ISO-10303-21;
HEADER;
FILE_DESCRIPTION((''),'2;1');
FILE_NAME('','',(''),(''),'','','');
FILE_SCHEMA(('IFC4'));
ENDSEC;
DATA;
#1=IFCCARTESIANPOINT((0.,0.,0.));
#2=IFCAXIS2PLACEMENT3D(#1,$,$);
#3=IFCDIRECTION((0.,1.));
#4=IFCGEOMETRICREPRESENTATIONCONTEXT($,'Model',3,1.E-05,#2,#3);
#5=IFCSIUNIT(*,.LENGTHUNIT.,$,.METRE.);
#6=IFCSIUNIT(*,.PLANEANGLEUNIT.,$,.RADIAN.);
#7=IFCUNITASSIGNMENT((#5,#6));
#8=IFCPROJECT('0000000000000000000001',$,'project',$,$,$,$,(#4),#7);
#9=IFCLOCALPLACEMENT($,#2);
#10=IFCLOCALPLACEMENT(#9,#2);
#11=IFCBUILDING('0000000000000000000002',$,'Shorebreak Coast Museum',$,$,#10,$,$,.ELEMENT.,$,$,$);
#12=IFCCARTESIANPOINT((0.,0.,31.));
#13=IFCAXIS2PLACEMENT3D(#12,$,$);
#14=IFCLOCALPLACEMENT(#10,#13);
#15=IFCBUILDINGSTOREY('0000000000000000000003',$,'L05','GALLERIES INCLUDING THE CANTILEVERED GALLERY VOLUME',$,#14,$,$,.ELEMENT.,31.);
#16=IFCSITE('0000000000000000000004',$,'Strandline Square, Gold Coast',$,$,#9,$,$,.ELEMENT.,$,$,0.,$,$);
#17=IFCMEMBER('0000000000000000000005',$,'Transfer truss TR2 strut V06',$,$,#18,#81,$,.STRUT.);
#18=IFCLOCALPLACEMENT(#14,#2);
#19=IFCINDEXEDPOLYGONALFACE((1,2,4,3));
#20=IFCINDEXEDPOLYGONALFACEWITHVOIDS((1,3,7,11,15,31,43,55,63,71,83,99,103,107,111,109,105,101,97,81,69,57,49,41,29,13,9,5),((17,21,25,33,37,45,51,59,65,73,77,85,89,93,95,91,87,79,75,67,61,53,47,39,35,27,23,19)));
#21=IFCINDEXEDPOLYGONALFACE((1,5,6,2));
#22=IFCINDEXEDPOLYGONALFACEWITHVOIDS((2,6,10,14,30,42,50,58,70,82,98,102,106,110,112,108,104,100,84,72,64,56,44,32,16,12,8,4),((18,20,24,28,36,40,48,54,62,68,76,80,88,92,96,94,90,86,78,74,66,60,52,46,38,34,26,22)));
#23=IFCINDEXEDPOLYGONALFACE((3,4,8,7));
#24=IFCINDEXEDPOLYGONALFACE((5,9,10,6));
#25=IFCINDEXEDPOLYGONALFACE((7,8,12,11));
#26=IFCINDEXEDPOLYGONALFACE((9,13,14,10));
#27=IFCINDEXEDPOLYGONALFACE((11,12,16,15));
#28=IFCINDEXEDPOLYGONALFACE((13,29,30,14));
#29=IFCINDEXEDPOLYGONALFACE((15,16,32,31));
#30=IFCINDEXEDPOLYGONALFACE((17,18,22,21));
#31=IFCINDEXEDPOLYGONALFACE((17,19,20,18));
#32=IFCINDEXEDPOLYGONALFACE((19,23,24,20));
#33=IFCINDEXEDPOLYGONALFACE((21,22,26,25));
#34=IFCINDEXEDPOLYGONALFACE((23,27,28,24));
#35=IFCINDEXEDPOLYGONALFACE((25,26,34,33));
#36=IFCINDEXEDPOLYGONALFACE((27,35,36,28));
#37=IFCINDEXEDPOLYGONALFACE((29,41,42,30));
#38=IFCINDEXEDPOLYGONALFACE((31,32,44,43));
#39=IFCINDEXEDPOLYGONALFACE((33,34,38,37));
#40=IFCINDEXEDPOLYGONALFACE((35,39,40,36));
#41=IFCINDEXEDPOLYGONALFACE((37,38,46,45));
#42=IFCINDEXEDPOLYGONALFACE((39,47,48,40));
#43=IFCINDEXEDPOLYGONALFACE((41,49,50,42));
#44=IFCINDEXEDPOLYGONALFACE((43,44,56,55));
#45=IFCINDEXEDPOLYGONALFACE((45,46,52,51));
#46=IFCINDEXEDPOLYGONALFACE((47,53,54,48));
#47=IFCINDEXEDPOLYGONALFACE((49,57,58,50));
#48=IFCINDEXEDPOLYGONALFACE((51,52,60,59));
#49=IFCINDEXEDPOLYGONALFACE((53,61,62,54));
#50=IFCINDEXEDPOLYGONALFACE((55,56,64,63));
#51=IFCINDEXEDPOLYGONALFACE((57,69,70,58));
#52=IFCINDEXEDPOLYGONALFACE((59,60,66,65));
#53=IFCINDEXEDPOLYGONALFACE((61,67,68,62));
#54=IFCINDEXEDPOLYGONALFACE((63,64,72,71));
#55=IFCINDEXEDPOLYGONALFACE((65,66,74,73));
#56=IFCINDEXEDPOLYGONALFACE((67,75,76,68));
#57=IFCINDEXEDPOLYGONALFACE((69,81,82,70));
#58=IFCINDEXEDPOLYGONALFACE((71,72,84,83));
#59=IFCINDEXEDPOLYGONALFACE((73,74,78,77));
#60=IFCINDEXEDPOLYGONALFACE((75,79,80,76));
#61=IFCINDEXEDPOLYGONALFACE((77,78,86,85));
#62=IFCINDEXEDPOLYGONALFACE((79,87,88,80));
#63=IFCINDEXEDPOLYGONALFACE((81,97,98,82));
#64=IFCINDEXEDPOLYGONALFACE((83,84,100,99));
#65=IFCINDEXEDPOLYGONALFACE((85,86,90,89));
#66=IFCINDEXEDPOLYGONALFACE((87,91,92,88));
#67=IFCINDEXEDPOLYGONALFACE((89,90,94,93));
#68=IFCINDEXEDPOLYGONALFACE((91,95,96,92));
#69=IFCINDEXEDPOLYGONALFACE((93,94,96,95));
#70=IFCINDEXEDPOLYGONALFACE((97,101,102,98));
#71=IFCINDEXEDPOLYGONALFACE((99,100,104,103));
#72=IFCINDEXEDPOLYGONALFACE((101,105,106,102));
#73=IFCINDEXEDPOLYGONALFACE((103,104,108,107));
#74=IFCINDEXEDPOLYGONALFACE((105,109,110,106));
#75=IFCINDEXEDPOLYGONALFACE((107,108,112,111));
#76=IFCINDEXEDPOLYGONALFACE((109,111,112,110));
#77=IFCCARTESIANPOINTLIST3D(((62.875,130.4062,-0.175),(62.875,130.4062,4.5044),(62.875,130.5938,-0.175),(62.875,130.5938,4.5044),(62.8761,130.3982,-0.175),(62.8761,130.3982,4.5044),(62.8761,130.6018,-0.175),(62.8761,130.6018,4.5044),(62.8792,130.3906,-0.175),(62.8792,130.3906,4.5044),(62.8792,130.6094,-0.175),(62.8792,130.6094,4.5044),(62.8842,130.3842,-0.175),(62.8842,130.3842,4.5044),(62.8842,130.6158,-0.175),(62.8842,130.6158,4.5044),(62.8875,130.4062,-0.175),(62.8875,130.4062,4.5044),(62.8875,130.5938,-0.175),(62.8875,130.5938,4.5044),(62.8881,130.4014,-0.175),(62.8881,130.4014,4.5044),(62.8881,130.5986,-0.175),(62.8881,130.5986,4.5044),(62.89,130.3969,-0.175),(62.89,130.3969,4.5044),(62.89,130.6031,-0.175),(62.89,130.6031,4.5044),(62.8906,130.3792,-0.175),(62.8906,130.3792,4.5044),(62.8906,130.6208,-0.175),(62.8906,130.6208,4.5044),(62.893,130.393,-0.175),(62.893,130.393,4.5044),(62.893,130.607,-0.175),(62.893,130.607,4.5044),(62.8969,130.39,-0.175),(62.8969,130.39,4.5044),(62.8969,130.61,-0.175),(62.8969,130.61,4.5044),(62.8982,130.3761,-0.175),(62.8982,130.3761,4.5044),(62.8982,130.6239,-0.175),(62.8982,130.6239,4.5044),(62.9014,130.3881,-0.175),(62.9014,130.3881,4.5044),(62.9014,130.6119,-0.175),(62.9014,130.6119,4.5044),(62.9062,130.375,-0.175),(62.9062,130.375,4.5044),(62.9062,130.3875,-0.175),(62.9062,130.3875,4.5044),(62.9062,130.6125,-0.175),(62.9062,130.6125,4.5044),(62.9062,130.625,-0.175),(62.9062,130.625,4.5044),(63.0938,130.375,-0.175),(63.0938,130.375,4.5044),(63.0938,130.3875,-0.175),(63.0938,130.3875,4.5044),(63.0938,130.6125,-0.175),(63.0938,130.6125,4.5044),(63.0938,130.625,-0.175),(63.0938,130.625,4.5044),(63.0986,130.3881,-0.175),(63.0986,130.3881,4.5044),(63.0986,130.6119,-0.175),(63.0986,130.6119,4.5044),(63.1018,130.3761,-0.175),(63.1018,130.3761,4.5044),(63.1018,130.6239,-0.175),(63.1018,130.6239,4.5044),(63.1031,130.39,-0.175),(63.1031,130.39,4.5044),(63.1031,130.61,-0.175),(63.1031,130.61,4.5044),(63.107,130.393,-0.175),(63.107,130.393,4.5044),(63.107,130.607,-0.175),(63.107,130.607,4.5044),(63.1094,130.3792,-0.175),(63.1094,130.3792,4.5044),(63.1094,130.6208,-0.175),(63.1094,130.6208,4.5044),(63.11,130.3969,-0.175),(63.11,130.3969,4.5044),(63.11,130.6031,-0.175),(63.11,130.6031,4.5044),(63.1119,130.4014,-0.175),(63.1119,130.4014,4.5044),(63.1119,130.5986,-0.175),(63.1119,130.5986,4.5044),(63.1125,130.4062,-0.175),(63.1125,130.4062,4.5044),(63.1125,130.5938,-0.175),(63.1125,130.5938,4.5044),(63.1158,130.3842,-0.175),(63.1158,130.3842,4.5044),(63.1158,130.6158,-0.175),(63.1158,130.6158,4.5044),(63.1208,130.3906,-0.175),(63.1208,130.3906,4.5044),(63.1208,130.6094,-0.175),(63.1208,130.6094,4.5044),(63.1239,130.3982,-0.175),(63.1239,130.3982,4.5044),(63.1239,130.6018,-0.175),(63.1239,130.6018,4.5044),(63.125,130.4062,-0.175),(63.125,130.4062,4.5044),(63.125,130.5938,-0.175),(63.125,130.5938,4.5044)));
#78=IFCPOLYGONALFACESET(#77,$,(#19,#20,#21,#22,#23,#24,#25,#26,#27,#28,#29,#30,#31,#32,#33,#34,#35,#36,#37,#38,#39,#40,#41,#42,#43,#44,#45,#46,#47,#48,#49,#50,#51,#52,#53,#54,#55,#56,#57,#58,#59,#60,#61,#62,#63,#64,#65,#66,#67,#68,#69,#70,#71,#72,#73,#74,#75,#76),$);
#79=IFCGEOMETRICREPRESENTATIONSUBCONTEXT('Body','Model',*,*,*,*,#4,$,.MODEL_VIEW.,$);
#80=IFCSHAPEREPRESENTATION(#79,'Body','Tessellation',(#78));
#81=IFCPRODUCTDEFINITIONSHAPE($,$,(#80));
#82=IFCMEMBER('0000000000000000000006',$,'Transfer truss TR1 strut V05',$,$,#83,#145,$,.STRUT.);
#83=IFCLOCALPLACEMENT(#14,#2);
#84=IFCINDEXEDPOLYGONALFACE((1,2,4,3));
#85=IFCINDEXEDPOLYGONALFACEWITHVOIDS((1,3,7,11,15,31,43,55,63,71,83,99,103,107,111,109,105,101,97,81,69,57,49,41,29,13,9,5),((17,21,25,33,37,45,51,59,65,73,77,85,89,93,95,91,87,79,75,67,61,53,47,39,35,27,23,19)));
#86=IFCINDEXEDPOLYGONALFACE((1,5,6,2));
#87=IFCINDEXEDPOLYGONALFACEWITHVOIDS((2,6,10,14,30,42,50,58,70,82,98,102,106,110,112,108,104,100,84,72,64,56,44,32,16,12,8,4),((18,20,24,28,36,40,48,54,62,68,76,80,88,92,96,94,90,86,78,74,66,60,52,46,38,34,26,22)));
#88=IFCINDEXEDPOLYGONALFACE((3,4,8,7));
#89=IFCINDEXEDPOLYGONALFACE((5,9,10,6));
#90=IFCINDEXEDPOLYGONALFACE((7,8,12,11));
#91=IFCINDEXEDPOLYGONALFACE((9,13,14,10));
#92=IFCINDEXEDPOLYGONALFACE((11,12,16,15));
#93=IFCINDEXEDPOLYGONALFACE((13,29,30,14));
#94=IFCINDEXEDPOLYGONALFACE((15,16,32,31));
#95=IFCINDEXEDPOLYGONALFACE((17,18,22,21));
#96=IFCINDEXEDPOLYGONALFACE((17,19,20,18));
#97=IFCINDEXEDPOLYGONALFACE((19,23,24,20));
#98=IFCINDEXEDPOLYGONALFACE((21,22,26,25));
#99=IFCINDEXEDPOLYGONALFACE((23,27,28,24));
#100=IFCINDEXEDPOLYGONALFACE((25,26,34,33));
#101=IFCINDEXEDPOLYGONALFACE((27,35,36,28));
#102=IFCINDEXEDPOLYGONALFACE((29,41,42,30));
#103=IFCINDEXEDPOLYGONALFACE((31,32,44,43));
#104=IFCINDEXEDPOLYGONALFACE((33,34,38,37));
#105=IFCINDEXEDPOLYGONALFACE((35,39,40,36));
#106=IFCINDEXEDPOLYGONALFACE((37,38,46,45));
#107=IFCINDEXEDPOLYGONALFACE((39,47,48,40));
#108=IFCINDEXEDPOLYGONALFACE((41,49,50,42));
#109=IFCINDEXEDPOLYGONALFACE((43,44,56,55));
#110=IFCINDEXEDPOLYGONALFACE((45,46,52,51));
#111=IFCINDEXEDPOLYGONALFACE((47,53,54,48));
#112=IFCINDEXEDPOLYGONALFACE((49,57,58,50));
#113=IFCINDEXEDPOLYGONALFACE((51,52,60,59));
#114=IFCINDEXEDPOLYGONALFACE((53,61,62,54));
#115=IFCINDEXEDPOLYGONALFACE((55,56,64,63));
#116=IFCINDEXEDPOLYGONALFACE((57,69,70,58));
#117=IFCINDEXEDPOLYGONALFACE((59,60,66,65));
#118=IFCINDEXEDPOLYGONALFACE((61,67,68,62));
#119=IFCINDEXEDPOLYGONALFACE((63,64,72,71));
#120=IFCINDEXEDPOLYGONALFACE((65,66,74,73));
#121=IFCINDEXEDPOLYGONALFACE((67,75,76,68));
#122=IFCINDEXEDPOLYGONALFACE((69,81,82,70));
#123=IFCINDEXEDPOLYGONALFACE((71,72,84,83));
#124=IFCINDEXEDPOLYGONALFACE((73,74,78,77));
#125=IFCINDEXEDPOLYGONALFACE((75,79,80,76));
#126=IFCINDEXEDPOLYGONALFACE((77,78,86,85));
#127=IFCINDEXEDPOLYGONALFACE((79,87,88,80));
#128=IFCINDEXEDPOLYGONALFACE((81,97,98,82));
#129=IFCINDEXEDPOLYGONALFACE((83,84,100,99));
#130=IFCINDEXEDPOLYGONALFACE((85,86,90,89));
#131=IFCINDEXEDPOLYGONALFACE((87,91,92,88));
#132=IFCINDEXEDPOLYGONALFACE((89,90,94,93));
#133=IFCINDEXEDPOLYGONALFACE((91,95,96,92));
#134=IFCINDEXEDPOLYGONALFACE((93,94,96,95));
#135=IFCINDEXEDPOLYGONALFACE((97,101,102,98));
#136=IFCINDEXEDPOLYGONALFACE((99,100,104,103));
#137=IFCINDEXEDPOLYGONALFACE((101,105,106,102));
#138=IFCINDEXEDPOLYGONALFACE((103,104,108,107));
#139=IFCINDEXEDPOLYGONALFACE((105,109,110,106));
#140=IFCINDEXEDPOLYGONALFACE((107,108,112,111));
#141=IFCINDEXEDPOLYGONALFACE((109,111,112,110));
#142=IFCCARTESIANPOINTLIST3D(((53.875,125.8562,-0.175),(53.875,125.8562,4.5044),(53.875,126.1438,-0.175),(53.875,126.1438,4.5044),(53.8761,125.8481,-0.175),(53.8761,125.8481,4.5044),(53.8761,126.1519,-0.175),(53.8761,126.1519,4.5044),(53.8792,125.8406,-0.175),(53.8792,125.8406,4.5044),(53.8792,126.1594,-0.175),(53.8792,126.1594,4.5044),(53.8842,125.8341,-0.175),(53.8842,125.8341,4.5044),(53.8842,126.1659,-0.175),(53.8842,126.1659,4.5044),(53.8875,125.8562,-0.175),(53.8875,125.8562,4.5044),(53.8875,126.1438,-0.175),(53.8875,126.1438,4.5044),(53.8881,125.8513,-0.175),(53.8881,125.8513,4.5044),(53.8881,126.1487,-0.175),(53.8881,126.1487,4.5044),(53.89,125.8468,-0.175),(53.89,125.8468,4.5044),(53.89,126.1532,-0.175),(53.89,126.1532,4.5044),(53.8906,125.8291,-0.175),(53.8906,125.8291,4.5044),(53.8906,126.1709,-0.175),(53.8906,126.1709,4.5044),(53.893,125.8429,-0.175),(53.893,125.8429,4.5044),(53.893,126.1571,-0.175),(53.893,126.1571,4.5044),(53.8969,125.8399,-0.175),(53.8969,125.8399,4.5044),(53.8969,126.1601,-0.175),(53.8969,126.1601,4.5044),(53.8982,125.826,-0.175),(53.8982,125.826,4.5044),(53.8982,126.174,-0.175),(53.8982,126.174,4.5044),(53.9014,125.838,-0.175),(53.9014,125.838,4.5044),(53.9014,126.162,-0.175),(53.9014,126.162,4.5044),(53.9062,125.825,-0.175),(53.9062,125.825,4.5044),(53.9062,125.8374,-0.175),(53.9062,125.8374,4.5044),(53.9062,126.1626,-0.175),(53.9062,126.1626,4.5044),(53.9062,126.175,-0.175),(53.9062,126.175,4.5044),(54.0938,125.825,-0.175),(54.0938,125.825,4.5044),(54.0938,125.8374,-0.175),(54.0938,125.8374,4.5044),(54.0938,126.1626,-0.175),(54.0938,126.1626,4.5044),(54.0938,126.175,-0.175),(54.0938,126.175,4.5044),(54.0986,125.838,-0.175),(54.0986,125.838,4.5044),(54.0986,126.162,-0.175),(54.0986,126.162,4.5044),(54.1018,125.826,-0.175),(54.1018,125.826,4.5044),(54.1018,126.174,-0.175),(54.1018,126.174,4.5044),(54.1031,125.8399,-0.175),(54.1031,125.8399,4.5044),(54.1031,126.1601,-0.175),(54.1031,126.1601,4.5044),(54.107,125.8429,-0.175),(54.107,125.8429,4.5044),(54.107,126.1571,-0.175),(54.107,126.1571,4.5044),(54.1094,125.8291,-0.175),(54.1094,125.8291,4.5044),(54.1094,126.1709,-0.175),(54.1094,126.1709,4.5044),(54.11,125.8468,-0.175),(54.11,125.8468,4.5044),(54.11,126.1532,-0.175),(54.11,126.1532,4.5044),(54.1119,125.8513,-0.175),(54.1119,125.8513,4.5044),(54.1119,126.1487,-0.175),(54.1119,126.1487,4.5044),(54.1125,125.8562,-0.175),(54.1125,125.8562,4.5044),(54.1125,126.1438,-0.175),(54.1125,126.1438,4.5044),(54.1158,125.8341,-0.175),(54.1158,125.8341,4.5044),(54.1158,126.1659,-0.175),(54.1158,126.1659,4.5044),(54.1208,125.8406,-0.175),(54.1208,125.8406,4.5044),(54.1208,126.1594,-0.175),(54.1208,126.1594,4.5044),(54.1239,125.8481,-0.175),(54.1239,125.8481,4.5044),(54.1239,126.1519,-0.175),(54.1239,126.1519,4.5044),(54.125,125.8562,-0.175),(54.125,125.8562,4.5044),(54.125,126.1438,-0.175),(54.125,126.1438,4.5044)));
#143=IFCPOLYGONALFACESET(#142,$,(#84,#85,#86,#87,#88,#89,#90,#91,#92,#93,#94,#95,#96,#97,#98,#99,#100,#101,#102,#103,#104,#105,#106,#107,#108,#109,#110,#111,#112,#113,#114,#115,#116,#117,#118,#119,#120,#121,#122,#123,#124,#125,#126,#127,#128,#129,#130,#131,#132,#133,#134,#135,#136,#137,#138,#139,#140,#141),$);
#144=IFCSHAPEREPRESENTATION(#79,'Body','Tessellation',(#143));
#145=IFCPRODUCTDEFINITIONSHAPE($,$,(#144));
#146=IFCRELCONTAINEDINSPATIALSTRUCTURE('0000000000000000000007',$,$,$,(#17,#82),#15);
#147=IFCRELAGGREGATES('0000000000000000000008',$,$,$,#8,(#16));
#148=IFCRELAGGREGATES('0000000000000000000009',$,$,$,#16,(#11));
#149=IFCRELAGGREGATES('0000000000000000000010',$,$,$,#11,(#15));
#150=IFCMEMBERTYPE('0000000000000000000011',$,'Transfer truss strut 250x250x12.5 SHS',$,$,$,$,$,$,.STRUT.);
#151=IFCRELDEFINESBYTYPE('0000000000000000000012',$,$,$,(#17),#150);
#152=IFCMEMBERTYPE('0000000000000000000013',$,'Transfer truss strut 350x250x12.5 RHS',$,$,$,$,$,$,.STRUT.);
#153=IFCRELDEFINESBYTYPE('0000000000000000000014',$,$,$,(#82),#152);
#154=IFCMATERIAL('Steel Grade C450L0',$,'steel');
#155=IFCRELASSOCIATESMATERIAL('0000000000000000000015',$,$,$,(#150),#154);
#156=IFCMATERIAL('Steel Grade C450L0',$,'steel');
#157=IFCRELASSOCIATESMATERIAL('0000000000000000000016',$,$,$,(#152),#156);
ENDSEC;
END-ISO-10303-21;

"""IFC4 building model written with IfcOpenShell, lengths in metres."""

from ifc_helpers import new_model, si_unit, direction, frame, origin, origin_2d, place, context, subcontext, project, spatial, hollow_rectangle, extrude, material, material_profile, profile_set, type_object, element, save


model = new_model("IFC4")

# Units and contexts
model_context = context("Model", 3, precision=1e-05, world=origin(), true_north=direction((0.0, 1.0)))
body_context = subcontext(model_context, "Body", "Model", "MODEL_VIEW")
ifc_project = project(units=[si_unit("LENGTHUNIT", "METRE"), si_unit("PLANEANGLEUNIT", "RADIAN")], contexts=[model_context])

# Site, building, storey
site_placement = place(None, origin())
site = spatial("IfcSite", under=ifc_project, at=site_placement, Name="Strandline Square, Gold Coast", CompositionType="ELEMENT", RefElevation=0.0)
building_placement = place(site_placement, origin())
building = spatial("IfcBuilding", under=site, at=building_placement, Name="Shorebreak Coast Museum", CompositionType="ELEMENT")
storey_placement = place(building_placement, frame((0.0, 0.0, 31.0)))
storey = spatial("IfcBuildingStorey", under=building, at=storey_placement, Name="L05", Description="GALLERIES INCLUDING THE CANTILEVERED GALLERY VOLUME", CompositionType="ELEMENT", Elevation=31.0)

# Members
ifc_material_1 = material(Name="Steel Grade C450L0", Category="steel")
ifc_material_profile_1 = material_profile(ifc_material_1, hollow_rectangle(XDim=0.25, YDim=0.25, WallThickness=0.0125, InnerFilletRadius=0.0188, OuterFilletRadius=0.0312, at=origin_2d()), Name="250x250x12.5 SHS")
ifc_profile_set_1 = profile_set([ifc_material_profile_1], Name="Steel Grade C450L0")
member_type_1 = type_object("IfcMemberType", Name="Transfer truss strut 250x250x12.5 SHS", PredefinedType="STRUT", material=ifc_profile_set_1)
for number, where, z_axis, x_axis, name in (
    (1, (63.0, 130.5, -0.175), (0.0, 0.0, 1.0), (1.0, 0.0, 0.0), "Transfer truss TR2 strut V06"),
):
    element("IfcMember", number, at=place(storey_placement, frame(where, z_axis=z_axis, x_axis=x_axis)), inside=storey, type_object=member_type_1, Name=name, PredefinedType="STRUT", context=body_context, shape_type="SweptSolid", body=[
        extrude(hollow_rectangle(XDim=0.25, YDim=0.25, WallThickness=0.0125, InnerFilletRadius=0.0188, OuterFilletRadius=0.0312, at=origin_2d()), origin(), (0.0, 0.0, 1.0), 4.6794),
    ])
ifc_material_2 = material(Name="Steel Grade C450L0", Category="steel")
ifc_material_profile_2 = material_profile(ifc_material_2, hollow_rectangle(XDim=0.25, YDim=0.3501, WallThickness=0.0125, InnerFilletRadius=0.0188, OuterFilletRadius=0.0312, at=origin_2d()), Name="350x250x12.5 RHS")
ifc_profile_set_2 = profile_set([ifc_material_profile_2], Name="Steel Grade C450L0")
member_type_2 = type_object("IfcMemberType", Name="Transfer truss strut 350x250x12.5 RHS", PredefinedType="STRUT", material=ifc_profile_set_2)
for number, where, z_axis, x_axis, name in (
    (2, (54.0, 126.0, -0.175), (0.0, 0.0, 1.0), (1.0, 0.0, 0.0), "Transfer truss TR1 strut V05"),
):
    element("IfcMember", number, at=place(storey_placement, frame(where, z_axis=z_axis, x_axis=x_axis)), inside=storey, type_object=member_type_2, Name=name, PredefinedType="STRUT", context=body_context, shape_type="SweptSolid", body=[
        extrude(hollow_rectangle(XDim=0.25, YDim=0.3501, WallThickness=0.0125, InnerFilletRadius=0.0188, OuterFilletRadius=0.0312, at=origin_2d()), origin(), (0.0, 0.0, 1.0), 4.6794),
    ])

save(model, "model.ifc")
